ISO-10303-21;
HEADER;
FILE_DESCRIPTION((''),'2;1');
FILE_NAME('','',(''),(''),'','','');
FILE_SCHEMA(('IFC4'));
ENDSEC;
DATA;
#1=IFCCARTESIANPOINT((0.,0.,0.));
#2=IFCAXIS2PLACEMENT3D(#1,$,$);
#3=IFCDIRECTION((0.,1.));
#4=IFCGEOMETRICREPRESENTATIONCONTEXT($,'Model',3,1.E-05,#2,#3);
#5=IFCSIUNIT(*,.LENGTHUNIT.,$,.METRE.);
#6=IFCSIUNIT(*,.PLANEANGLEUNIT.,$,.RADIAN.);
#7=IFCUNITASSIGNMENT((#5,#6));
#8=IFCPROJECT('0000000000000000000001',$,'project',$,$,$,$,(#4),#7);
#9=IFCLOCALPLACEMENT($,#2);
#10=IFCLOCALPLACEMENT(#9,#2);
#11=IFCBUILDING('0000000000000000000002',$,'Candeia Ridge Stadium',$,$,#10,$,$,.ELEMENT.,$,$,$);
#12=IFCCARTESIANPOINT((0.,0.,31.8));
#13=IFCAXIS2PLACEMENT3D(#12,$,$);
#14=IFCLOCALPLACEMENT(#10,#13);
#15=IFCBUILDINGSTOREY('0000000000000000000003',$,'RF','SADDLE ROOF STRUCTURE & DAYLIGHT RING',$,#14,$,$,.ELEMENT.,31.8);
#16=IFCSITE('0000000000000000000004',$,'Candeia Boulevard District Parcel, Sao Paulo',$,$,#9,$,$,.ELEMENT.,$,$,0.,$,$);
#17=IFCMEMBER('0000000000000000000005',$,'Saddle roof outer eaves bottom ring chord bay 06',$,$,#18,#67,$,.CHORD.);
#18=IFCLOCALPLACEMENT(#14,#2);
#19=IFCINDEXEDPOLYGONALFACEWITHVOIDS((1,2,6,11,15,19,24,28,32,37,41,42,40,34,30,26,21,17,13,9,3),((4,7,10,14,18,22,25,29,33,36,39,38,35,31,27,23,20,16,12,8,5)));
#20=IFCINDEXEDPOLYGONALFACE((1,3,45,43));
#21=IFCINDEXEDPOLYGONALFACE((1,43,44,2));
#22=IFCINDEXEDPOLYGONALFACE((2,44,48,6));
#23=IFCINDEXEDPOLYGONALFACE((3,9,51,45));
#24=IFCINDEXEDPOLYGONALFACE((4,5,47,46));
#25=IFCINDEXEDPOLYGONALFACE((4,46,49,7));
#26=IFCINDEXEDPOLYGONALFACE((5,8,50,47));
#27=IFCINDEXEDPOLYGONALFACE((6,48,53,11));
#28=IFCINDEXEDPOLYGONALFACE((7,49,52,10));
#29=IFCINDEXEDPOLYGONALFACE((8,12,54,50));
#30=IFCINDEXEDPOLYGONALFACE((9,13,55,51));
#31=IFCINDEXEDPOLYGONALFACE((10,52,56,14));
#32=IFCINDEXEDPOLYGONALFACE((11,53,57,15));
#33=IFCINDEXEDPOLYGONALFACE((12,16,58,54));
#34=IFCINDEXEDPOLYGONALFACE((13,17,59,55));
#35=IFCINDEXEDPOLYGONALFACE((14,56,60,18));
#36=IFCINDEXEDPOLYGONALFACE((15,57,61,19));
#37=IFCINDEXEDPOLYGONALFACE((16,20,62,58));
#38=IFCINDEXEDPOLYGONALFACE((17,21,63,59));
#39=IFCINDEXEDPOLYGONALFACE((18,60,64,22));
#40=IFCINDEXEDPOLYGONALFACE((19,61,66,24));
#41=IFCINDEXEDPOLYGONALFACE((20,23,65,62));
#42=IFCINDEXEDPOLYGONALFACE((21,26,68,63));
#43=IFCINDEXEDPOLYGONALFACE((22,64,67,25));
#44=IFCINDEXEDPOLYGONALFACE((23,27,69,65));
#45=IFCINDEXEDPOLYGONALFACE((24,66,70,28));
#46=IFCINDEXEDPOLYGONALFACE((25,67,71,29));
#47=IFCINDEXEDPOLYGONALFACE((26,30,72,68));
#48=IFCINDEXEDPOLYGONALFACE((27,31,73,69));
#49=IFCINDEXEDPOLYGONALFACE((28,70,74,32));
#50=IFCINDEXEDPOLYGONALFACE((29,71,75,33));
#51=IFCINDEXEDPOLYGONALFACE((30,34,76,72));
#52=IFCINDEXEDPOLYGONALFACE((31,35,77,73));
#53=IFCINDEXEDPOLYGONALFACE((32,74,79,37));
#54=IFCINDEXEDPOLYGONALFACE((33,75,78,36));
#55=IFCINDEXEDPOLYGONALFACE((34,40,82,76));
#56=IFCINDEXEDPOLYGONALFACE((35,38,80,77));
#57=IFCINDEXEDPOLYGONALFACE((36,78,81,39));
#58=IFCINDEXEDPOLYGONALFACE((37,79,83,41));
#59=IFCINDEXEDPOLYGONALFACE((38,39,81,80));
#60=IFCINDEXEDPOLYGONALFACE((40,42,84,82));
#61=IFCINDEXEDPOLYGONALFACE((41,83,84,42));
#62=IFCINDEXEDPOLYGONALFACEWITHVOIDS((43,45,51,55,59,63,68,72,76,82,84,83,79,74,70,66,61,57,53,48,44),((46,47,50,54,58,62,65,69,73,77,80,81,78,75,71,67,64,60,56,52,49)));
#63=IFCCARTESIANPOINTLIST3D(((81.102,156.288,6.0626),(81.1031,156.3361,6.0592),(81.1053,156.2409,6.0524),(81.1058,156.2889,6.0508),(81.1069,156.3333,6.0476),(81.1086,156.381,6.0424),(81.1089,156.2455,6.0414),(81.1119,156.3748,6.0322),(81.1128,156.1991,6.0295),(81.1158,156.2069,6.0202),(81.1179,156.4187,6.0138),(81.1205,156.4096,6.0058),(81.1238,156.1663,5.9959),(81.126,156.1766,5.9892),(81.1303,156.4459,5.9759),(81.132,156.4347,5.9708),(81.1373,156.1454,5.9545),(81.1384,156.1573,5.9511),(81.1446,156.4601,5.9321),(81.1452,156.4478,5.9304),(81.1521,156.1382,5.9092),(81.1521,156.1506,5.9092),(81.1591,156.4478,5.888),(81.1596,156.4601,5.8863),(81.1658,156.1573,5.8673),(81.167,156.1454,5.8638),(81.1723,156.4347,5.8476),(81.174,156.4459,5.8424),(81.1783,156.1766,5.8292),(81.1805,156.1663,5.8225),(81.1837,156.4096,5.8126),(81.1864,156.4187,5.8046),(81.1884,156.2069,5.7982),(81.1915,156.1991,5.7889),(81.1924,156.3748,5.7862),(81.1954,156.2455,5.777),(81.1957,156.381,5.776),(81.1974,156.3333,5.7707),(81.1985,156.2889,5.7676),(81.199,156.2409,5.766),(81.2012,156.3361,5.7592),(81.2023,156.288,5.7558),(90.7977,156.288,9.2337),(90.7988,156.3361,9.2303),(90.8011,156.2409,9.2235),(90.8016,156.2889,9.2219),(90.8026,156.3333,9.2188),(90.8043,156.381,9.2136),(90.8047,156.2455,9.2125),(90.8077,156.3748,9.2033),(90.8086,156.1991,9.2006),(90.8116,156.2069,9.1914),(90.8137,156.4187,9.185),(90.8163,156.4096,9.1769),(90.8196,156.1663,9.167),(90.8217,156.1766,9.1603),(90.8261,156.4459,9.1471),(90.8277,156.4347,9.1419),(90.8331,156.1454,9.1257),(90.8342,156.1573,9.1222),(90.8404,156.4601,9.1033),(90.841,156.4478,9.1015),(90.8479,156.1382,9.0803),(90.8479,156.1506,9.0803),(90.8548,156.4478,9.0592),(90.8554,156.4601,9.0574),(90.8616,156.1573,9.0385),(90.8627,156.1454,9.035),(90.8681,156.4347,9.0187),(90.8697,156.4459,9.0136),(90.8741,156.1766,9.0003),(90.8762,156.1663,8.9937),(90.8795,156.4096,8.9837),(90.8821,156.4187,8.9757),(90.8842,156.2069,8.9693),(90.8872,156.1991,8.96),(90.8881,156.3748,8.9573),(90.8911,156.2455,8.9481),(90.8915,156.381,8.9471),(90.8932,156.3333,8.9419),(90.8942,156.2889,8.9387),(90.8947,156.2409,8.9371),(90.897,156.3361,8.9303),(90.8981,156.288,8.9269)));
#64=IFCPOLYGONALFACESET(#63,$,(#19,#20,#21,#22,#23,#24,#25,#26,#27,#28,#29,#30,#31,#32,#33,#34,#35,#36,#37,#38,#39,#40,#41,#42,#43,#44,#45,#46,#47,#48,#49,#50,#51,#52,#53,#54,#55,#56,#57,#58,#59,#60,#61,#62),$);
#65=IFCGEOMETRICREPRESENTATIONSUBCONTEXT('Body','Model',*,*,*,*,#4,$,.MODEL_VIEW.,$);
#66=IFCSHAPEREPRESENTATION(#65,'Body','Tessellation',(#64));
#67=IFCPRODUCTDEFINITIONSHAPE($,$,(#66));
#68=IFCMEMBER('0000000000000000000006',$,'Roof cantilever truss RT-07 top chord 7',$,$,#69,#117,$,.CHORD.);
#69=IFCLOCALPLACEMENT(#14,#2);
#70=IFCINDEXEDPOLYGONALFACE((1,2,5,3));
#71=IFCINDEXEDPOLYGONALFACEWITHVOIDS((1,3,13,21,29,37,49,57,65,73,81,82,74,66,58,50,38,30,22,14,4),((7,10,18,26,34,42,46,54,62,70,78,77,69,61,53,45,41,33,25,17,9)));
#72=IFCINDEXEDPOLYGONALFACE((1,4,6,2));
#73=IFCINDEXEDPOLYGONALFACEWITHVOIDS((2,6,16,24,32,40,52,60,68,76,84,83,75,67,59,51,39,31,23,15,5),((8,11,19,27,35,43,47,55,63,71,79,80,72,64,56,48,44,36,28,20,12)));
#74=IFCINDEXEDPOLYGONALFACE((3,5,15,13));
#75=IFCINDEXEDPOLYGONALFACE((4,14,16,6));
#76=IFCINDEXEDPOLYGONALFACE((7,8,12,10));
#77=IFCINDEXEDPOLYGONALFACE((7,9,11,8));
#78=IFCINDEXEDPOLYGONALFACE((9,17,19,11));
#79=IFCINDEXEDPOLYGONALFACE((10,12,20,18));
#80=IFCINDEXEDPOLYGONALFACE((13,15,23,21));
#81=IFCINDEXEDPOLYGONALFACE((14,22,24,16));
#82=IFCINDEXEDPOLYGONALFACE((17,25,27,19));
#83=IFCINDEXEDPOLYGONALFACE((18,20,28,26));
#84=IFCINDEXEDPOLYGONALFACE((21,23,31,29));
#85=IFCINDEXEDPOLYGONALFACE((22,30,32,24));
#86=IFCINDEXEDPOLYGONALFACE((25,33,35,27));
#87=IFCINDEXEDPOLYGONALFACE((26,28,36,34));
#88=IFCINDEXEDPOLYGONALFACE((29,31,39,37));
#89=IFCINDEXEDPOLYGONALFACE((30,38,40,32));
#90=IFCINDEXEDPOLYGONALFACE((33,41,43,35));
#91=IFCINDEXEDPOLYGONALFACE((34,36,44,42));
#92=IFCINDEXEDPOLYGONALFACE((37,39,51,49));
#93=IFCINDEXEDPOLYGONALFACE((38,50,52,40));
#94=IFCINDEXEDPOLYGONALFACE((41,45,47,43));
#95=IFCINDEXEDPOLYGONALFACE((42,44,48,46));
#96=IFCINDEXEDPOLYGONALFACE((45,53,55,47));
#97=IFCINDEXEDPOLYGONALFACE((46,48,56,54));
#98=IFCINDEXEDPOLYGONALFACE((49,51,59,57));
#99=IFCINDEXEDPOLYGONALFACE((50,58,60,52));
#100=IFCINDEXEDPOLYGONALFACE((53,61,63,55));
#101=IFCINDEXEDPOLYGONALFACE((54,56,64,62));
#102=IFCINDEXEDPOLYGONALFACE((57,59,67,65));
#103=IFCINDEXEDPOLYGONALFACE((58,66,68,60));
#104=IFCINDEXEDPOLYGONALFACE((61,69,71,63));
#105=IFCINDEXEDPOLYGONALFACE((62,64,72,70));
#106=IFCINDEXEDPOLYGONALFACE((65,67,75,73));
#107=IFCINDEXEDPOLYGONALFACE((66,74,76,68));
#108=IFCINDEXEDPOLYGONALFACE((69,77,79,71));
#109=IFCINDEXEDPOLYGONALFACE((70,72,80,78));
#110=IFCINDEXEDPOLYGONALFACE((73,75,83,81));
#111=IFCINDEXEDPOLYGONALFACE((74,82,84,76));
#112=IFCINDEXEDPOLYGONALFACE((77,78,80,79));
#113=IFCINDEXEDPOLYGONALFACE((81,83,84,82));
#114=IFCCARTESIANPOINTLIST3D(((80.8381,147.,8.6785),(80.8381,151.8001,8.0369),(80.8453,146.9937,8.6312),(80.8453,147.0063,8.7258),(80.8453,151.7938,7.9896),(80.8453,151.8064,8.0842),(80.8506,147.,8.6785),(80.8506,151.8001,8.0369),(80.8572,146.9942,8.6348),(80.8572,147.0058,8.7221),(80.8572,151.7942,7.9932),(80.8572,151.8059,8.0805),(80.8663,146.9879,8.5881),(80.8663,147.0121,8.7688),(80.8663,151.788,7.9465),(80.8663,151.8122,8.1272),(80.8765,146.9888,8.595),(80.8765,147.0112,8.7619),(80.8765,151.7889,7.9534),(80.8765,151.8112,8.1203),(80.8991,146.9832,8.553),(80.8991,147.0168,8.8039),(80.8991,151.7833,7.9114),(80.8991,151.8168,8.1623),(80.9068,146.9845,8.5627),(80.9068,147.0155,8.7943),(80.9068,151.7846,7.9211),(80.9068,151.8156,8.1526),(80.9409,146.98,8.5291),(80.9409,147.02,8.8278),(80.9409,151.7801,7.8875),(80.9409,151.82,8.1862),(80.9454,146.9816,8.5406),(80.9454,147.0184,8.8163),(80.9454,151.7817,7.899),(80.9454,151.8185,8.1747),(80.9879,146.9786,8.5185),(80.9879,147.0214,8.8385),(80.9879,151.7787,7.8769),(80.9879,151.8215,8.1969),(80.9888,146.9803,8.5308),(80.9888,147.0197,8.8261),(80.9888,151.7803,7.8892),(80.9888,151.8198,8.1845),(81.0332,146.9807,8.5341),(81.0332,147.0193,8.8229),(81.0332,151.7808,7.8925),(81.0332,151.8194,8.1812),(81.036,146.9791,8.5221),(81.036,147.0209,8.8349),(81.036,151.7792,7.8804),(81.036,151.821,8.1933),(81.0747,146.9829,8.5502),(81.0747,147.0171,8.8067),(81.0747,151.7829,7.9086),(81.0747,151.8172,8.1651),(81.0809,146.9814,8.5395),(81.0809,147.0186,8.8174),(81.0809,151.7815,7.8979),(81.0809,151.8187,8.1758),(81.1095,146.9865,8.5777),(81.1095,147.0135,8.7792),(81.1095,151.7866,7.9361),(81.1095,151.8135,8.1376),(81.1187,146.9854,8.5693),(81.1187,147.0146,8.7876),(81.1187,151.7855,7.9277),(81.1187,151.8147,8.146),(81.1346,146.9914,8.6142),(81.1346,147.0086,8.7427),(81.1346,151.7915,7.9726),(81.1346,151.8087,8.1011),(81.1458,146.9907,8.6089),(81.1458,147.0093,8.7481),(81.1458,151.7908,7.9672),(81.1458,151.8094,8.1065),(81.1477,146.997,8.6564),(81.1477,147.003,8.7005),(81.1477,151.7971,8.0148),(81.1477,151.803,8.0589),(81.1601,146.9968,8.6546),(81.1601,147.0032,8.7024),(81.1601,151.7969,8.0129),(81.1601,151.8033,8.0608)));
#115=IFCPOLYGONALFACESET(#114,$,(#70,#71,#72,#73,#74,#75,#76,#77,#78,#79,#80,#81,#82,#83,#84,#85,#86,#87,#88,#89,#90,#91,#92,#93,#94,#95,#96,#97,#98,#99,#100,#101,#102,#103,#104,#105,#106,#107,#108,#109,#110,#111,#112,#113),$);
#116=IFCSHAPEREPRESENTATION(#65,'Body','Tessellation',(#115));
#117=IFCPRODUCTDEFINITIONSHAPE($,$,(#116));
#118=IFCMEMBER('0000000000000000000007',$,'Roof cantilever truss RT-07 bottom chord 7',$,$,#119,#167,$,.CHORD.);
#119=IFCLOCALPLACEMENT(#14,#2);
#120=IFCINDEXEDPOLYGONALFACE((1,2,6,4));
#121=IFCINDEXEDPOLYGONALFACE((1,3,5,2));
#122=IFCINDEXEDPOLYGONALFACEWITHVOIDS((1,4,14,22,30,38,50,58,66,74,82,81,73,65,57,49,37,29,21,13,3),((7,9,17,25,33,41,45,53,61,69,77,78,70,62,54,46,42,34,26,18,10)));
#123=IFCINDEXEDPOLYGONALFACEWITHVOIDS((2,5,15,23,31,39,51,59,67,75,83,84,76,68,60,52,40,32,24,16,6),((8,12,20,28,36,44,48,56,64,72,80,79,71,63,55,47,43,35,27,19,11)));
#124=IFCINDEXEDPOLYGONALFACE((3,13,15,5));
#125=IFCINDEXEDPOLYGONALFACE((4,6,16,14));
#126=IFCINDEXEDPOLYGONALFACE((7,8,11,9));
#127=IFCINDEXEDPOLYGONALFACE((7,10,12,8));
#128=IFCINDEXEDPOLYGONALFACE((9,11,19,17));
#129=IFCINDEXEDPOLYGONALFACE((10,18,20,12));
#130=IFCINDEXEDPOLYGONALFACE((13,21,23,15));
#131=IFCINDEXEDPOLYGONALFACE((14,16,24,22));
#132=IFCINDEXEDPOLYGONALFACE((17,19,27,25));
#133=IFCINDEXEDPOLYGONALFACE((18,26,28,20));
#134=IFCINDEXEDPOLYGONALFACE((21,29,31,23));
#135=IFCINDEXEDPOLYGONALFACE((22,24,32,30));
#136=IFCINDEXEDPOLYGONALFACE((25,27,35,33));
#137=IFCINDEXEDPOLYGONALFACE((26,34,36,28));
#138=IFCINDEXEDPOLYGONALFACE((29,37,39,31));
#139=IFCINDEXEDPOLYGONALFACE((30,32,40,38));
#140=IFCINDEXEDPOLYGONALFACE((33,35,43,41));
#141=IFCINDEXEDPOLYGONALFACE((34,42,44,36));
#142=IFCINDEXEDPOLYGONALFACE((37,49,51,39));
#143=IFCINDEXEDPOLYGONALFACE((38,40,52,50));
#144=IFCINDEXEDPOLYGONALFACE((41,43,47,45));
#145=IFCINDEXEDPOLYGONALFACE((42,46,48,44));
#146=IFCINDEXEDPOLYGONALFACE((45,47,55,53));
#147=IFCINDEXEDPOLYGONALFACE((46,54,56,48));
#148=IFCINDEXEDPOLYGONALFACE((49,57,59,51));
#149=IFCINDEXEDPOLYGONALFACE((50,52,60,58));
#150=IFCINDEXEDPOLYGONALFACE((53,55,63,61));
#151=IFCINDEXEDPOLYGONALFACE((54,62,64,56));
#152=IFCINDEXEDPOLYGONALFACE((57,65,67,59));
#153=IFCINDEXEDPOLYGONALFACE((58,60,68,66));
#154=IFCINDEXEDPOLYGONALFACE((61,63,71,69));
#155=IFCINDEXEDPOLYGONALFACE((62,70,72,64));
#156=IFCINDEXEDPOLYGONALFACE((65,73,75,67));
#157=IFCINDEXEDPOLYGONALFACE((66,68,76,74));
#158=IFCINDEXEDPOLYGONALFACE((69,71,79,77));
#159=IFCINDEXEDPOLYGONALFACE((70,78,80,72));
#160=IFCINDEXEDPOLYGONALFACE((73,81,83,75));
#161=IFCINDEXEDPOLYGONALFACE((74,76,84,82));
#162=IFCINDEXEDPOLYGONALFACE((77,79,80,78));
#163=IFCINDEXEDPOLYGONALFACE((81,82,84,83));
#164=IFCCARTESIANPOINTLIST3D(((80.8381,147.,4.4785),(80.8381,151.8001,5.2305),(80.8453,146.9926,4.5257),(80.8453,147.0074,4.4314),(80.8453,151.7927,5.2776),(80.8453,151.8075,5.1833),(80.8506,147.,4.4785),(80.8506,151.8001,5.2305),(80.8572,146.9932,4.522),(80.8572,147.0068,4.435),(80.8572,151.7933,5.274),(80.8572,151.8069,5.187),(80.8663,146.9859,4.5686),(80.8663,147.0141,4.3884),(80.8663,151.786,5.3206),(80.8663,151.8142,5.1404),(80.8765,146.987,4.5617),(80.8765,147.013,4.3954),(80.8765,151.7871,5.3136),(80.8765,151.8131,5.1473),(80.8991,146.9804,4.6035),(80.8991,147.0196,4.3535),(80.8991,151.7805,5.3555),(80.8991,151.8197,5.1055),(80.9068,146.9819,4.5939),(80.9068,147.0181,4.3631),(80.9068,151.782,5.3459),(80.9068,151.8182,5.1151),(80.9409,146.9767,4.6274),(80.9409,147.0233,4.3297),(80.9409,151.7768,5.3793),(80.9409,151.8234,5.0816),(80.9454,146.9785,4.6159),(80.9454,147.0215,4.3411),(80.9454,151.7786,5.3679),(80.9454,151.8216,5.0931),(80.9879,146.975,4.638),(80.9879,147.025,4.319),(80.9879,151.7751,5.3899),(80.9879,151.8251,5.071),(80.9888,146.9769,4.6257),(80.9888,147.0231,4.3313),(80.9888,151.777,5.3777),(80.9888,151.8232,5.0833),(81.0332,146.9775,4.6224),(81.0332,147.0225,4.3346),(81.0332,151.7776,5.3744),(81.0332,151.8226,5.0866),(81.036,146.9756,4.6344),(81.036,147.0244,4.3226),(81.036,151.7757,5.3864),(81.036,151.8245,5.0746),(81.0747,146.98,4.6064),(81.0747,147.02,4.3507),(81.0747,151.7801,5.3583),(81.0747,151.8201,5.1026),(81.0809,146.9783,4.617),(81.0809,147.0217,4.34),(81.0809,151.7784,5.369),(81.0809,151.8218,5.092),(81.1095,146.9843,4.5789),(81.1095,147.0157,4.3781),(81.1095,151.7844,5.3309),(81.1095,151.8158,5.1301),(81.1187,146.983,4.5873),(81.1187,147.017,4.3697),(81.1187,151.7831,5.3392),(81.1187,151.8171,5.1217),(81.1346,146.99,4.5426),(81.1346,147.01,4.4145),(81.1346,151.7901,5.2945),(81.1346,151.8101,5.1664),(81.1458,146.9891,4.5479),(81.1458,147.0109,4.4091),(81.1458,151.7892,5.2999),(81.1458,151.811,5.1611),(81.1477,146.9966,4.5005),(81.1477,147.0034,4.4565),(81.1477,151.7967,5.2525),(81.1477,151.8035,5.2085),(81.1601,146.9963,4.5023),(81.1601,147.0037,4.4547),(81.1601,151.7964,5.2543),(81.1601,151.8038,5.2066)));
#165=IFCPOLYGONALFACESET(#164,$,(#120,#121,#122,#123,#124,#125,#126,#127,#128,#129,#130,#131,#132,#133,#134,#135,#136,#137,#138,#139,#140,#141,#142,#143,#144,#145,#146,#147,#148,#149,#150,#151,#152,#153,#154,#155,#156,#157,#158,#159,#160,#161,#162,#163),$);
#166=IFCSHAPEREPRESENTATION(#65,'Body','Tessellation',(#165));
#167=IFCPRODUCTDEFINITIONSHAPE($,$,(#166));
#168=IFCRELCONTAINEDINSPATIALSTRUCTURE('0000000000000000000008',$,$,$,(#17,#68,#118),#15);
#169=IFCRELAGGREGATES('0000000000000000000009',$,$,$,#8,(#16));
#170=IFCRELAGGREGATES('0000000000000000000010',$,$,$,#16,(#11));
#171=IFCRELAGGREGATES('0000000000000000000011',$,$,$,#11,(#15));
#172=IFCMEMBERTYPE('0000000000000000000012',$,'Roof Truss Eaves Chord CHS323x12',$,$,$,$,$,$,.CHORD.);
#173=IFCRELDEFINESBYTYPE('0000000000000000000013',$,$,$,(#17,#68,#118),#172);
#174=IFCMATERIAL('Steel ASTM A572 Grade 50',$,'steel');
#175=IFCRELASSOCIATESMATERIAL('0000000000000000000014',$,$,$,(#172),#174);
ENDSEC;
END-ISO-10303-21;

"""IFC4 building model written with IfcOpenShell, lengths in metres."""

from ifc_helpers import new_model, si_unit, direction, frame, origin, origin_2d, place, context, subcontext, project, spatial, hollow_circle, extrude, material, material_profile, profile_set, type_object, element, save


model = new_model("IFC4")

# Units and contexts
model_context = context("Model", 3, precision=1e-05, world=origin(), true_north=direction((0.0, 1.0)))
body_context = subcontext(model_context, "Body", "Model", "MODEL_VIEW")
ifc_project = project(units=[si_unit("LENGTHUNIT", "METRE"), si_unit("PLANEANGLEUNIT", "RADIAN")], contexts=[model_context])

# Site, building, storey
site_placement = place(None, origin())
site = spatial("IfcSite", under=ifc_project, at=site_placement, Name="Candeia Boulevard District Parcel, Sao Paulo", CompositionType="ELEMENT", RefElevation=0.0)
building_placement = place(site_placement, origin())
building = spatial("IfcBuilding", under=site, at=building_placement, Name="Candeia Ridge Stadium", CompositionType="ELEMENT")
storey_placement = place(building_placement, frame((0.0, 0.0, 31.8)))
storey = spatial("IfcBuildingStorey", under=building, at=storey_placement, Name="RF", Description="SADDLE ROOF STRUCTURE & DAYLIGHT RING", CompositionType="ELEMENT", Elevation=31.8)

# Shared definitions
ifc_material_1 = material(Name="Steel ASTM A572 Grade 50", Category="steel")

# Members
ifc_material_profile_1 = material_profile(ifc_material_1, hollow_circle(Radius=0.1619, WallThickness=0.0125, at=origin_2d()), Name="CHS323x12", Category="steel")
ifc_profile_set_1 = profile_set([ifc_material_profile_1], Name="Steel ASTM A572 Grade 50")
member_type_1 = type_object("IfcMemberType", Name="Roof Truss Eaves Chord CHS323x12", PredefinedType="CHORD", material=ifc_profile_set_1)
for number, where, z_axis, x_axis, name in (
    (1, (90.8479, 156.3, 9.0803), (-0.950456, 0.0, -0.310859), (0.0, -1.0, 0.0), "Saddle roof outer eaves bottom ring chord bay 06"),
):
    element("IfcMember", number, at=place(storey_placement, frame(where, z_axis=z_axis, x_axis=x_axis)), inside=storey, type_object=member_type_1, Name=name, PredefinedType="CHORD", context=body_context, shape_type="SweptSolid", body=[
        extrude(hollow_circle(Radius=0.1619, WallThickness=0.0125, at=origin_2d()), origin(), (0.0, 0.0, 1.0), 10.2012),
    ])
member_1_placement = place(storey_placement, frame((81.0, 147.0, 8.6785), z_axis=(0.0, 0.991185, -0.132487), x_axis=(-1.0, 0.0, 0.0)))
element("IfcMember", 2, at=member_1_placement, inside=storey, type_object=member_type_1, Name="Roof cantilever truss RT-07 top chord 7", PredefinedType="CHORD", context=body_context, shape_type="SweptSolid", body=[
    extrude(hollow_circle(Radius=0.1619, WallThickness=0.0125, at=origin_2d()), origin(), (0.0, 0.0, 1.0), 4.8428),
])
member_2_placement = place(storey_placement, frame((81.0, 147.0, 4.4785), z_axis=(0.0, 0.987951, 0.154768), x_axis=(-1.0, 0.0, 0.0)))
element("IfcMember", 3, at=member_2_placement, inside=storey, type_object=member_type_1, Name="Roof cantilever truss RT-07 bottom chord 7", PredefinedType="CHORD", context=body_context, shape_type="SweptSolid", body=[
    extrude(hollow_circle(Radius=0.1619, WallThickness=0.0125, at=origin_2d()), origin(), (0.0, 0.0, 1.0), 4.8586),
])

save(model, "model.ifc")
